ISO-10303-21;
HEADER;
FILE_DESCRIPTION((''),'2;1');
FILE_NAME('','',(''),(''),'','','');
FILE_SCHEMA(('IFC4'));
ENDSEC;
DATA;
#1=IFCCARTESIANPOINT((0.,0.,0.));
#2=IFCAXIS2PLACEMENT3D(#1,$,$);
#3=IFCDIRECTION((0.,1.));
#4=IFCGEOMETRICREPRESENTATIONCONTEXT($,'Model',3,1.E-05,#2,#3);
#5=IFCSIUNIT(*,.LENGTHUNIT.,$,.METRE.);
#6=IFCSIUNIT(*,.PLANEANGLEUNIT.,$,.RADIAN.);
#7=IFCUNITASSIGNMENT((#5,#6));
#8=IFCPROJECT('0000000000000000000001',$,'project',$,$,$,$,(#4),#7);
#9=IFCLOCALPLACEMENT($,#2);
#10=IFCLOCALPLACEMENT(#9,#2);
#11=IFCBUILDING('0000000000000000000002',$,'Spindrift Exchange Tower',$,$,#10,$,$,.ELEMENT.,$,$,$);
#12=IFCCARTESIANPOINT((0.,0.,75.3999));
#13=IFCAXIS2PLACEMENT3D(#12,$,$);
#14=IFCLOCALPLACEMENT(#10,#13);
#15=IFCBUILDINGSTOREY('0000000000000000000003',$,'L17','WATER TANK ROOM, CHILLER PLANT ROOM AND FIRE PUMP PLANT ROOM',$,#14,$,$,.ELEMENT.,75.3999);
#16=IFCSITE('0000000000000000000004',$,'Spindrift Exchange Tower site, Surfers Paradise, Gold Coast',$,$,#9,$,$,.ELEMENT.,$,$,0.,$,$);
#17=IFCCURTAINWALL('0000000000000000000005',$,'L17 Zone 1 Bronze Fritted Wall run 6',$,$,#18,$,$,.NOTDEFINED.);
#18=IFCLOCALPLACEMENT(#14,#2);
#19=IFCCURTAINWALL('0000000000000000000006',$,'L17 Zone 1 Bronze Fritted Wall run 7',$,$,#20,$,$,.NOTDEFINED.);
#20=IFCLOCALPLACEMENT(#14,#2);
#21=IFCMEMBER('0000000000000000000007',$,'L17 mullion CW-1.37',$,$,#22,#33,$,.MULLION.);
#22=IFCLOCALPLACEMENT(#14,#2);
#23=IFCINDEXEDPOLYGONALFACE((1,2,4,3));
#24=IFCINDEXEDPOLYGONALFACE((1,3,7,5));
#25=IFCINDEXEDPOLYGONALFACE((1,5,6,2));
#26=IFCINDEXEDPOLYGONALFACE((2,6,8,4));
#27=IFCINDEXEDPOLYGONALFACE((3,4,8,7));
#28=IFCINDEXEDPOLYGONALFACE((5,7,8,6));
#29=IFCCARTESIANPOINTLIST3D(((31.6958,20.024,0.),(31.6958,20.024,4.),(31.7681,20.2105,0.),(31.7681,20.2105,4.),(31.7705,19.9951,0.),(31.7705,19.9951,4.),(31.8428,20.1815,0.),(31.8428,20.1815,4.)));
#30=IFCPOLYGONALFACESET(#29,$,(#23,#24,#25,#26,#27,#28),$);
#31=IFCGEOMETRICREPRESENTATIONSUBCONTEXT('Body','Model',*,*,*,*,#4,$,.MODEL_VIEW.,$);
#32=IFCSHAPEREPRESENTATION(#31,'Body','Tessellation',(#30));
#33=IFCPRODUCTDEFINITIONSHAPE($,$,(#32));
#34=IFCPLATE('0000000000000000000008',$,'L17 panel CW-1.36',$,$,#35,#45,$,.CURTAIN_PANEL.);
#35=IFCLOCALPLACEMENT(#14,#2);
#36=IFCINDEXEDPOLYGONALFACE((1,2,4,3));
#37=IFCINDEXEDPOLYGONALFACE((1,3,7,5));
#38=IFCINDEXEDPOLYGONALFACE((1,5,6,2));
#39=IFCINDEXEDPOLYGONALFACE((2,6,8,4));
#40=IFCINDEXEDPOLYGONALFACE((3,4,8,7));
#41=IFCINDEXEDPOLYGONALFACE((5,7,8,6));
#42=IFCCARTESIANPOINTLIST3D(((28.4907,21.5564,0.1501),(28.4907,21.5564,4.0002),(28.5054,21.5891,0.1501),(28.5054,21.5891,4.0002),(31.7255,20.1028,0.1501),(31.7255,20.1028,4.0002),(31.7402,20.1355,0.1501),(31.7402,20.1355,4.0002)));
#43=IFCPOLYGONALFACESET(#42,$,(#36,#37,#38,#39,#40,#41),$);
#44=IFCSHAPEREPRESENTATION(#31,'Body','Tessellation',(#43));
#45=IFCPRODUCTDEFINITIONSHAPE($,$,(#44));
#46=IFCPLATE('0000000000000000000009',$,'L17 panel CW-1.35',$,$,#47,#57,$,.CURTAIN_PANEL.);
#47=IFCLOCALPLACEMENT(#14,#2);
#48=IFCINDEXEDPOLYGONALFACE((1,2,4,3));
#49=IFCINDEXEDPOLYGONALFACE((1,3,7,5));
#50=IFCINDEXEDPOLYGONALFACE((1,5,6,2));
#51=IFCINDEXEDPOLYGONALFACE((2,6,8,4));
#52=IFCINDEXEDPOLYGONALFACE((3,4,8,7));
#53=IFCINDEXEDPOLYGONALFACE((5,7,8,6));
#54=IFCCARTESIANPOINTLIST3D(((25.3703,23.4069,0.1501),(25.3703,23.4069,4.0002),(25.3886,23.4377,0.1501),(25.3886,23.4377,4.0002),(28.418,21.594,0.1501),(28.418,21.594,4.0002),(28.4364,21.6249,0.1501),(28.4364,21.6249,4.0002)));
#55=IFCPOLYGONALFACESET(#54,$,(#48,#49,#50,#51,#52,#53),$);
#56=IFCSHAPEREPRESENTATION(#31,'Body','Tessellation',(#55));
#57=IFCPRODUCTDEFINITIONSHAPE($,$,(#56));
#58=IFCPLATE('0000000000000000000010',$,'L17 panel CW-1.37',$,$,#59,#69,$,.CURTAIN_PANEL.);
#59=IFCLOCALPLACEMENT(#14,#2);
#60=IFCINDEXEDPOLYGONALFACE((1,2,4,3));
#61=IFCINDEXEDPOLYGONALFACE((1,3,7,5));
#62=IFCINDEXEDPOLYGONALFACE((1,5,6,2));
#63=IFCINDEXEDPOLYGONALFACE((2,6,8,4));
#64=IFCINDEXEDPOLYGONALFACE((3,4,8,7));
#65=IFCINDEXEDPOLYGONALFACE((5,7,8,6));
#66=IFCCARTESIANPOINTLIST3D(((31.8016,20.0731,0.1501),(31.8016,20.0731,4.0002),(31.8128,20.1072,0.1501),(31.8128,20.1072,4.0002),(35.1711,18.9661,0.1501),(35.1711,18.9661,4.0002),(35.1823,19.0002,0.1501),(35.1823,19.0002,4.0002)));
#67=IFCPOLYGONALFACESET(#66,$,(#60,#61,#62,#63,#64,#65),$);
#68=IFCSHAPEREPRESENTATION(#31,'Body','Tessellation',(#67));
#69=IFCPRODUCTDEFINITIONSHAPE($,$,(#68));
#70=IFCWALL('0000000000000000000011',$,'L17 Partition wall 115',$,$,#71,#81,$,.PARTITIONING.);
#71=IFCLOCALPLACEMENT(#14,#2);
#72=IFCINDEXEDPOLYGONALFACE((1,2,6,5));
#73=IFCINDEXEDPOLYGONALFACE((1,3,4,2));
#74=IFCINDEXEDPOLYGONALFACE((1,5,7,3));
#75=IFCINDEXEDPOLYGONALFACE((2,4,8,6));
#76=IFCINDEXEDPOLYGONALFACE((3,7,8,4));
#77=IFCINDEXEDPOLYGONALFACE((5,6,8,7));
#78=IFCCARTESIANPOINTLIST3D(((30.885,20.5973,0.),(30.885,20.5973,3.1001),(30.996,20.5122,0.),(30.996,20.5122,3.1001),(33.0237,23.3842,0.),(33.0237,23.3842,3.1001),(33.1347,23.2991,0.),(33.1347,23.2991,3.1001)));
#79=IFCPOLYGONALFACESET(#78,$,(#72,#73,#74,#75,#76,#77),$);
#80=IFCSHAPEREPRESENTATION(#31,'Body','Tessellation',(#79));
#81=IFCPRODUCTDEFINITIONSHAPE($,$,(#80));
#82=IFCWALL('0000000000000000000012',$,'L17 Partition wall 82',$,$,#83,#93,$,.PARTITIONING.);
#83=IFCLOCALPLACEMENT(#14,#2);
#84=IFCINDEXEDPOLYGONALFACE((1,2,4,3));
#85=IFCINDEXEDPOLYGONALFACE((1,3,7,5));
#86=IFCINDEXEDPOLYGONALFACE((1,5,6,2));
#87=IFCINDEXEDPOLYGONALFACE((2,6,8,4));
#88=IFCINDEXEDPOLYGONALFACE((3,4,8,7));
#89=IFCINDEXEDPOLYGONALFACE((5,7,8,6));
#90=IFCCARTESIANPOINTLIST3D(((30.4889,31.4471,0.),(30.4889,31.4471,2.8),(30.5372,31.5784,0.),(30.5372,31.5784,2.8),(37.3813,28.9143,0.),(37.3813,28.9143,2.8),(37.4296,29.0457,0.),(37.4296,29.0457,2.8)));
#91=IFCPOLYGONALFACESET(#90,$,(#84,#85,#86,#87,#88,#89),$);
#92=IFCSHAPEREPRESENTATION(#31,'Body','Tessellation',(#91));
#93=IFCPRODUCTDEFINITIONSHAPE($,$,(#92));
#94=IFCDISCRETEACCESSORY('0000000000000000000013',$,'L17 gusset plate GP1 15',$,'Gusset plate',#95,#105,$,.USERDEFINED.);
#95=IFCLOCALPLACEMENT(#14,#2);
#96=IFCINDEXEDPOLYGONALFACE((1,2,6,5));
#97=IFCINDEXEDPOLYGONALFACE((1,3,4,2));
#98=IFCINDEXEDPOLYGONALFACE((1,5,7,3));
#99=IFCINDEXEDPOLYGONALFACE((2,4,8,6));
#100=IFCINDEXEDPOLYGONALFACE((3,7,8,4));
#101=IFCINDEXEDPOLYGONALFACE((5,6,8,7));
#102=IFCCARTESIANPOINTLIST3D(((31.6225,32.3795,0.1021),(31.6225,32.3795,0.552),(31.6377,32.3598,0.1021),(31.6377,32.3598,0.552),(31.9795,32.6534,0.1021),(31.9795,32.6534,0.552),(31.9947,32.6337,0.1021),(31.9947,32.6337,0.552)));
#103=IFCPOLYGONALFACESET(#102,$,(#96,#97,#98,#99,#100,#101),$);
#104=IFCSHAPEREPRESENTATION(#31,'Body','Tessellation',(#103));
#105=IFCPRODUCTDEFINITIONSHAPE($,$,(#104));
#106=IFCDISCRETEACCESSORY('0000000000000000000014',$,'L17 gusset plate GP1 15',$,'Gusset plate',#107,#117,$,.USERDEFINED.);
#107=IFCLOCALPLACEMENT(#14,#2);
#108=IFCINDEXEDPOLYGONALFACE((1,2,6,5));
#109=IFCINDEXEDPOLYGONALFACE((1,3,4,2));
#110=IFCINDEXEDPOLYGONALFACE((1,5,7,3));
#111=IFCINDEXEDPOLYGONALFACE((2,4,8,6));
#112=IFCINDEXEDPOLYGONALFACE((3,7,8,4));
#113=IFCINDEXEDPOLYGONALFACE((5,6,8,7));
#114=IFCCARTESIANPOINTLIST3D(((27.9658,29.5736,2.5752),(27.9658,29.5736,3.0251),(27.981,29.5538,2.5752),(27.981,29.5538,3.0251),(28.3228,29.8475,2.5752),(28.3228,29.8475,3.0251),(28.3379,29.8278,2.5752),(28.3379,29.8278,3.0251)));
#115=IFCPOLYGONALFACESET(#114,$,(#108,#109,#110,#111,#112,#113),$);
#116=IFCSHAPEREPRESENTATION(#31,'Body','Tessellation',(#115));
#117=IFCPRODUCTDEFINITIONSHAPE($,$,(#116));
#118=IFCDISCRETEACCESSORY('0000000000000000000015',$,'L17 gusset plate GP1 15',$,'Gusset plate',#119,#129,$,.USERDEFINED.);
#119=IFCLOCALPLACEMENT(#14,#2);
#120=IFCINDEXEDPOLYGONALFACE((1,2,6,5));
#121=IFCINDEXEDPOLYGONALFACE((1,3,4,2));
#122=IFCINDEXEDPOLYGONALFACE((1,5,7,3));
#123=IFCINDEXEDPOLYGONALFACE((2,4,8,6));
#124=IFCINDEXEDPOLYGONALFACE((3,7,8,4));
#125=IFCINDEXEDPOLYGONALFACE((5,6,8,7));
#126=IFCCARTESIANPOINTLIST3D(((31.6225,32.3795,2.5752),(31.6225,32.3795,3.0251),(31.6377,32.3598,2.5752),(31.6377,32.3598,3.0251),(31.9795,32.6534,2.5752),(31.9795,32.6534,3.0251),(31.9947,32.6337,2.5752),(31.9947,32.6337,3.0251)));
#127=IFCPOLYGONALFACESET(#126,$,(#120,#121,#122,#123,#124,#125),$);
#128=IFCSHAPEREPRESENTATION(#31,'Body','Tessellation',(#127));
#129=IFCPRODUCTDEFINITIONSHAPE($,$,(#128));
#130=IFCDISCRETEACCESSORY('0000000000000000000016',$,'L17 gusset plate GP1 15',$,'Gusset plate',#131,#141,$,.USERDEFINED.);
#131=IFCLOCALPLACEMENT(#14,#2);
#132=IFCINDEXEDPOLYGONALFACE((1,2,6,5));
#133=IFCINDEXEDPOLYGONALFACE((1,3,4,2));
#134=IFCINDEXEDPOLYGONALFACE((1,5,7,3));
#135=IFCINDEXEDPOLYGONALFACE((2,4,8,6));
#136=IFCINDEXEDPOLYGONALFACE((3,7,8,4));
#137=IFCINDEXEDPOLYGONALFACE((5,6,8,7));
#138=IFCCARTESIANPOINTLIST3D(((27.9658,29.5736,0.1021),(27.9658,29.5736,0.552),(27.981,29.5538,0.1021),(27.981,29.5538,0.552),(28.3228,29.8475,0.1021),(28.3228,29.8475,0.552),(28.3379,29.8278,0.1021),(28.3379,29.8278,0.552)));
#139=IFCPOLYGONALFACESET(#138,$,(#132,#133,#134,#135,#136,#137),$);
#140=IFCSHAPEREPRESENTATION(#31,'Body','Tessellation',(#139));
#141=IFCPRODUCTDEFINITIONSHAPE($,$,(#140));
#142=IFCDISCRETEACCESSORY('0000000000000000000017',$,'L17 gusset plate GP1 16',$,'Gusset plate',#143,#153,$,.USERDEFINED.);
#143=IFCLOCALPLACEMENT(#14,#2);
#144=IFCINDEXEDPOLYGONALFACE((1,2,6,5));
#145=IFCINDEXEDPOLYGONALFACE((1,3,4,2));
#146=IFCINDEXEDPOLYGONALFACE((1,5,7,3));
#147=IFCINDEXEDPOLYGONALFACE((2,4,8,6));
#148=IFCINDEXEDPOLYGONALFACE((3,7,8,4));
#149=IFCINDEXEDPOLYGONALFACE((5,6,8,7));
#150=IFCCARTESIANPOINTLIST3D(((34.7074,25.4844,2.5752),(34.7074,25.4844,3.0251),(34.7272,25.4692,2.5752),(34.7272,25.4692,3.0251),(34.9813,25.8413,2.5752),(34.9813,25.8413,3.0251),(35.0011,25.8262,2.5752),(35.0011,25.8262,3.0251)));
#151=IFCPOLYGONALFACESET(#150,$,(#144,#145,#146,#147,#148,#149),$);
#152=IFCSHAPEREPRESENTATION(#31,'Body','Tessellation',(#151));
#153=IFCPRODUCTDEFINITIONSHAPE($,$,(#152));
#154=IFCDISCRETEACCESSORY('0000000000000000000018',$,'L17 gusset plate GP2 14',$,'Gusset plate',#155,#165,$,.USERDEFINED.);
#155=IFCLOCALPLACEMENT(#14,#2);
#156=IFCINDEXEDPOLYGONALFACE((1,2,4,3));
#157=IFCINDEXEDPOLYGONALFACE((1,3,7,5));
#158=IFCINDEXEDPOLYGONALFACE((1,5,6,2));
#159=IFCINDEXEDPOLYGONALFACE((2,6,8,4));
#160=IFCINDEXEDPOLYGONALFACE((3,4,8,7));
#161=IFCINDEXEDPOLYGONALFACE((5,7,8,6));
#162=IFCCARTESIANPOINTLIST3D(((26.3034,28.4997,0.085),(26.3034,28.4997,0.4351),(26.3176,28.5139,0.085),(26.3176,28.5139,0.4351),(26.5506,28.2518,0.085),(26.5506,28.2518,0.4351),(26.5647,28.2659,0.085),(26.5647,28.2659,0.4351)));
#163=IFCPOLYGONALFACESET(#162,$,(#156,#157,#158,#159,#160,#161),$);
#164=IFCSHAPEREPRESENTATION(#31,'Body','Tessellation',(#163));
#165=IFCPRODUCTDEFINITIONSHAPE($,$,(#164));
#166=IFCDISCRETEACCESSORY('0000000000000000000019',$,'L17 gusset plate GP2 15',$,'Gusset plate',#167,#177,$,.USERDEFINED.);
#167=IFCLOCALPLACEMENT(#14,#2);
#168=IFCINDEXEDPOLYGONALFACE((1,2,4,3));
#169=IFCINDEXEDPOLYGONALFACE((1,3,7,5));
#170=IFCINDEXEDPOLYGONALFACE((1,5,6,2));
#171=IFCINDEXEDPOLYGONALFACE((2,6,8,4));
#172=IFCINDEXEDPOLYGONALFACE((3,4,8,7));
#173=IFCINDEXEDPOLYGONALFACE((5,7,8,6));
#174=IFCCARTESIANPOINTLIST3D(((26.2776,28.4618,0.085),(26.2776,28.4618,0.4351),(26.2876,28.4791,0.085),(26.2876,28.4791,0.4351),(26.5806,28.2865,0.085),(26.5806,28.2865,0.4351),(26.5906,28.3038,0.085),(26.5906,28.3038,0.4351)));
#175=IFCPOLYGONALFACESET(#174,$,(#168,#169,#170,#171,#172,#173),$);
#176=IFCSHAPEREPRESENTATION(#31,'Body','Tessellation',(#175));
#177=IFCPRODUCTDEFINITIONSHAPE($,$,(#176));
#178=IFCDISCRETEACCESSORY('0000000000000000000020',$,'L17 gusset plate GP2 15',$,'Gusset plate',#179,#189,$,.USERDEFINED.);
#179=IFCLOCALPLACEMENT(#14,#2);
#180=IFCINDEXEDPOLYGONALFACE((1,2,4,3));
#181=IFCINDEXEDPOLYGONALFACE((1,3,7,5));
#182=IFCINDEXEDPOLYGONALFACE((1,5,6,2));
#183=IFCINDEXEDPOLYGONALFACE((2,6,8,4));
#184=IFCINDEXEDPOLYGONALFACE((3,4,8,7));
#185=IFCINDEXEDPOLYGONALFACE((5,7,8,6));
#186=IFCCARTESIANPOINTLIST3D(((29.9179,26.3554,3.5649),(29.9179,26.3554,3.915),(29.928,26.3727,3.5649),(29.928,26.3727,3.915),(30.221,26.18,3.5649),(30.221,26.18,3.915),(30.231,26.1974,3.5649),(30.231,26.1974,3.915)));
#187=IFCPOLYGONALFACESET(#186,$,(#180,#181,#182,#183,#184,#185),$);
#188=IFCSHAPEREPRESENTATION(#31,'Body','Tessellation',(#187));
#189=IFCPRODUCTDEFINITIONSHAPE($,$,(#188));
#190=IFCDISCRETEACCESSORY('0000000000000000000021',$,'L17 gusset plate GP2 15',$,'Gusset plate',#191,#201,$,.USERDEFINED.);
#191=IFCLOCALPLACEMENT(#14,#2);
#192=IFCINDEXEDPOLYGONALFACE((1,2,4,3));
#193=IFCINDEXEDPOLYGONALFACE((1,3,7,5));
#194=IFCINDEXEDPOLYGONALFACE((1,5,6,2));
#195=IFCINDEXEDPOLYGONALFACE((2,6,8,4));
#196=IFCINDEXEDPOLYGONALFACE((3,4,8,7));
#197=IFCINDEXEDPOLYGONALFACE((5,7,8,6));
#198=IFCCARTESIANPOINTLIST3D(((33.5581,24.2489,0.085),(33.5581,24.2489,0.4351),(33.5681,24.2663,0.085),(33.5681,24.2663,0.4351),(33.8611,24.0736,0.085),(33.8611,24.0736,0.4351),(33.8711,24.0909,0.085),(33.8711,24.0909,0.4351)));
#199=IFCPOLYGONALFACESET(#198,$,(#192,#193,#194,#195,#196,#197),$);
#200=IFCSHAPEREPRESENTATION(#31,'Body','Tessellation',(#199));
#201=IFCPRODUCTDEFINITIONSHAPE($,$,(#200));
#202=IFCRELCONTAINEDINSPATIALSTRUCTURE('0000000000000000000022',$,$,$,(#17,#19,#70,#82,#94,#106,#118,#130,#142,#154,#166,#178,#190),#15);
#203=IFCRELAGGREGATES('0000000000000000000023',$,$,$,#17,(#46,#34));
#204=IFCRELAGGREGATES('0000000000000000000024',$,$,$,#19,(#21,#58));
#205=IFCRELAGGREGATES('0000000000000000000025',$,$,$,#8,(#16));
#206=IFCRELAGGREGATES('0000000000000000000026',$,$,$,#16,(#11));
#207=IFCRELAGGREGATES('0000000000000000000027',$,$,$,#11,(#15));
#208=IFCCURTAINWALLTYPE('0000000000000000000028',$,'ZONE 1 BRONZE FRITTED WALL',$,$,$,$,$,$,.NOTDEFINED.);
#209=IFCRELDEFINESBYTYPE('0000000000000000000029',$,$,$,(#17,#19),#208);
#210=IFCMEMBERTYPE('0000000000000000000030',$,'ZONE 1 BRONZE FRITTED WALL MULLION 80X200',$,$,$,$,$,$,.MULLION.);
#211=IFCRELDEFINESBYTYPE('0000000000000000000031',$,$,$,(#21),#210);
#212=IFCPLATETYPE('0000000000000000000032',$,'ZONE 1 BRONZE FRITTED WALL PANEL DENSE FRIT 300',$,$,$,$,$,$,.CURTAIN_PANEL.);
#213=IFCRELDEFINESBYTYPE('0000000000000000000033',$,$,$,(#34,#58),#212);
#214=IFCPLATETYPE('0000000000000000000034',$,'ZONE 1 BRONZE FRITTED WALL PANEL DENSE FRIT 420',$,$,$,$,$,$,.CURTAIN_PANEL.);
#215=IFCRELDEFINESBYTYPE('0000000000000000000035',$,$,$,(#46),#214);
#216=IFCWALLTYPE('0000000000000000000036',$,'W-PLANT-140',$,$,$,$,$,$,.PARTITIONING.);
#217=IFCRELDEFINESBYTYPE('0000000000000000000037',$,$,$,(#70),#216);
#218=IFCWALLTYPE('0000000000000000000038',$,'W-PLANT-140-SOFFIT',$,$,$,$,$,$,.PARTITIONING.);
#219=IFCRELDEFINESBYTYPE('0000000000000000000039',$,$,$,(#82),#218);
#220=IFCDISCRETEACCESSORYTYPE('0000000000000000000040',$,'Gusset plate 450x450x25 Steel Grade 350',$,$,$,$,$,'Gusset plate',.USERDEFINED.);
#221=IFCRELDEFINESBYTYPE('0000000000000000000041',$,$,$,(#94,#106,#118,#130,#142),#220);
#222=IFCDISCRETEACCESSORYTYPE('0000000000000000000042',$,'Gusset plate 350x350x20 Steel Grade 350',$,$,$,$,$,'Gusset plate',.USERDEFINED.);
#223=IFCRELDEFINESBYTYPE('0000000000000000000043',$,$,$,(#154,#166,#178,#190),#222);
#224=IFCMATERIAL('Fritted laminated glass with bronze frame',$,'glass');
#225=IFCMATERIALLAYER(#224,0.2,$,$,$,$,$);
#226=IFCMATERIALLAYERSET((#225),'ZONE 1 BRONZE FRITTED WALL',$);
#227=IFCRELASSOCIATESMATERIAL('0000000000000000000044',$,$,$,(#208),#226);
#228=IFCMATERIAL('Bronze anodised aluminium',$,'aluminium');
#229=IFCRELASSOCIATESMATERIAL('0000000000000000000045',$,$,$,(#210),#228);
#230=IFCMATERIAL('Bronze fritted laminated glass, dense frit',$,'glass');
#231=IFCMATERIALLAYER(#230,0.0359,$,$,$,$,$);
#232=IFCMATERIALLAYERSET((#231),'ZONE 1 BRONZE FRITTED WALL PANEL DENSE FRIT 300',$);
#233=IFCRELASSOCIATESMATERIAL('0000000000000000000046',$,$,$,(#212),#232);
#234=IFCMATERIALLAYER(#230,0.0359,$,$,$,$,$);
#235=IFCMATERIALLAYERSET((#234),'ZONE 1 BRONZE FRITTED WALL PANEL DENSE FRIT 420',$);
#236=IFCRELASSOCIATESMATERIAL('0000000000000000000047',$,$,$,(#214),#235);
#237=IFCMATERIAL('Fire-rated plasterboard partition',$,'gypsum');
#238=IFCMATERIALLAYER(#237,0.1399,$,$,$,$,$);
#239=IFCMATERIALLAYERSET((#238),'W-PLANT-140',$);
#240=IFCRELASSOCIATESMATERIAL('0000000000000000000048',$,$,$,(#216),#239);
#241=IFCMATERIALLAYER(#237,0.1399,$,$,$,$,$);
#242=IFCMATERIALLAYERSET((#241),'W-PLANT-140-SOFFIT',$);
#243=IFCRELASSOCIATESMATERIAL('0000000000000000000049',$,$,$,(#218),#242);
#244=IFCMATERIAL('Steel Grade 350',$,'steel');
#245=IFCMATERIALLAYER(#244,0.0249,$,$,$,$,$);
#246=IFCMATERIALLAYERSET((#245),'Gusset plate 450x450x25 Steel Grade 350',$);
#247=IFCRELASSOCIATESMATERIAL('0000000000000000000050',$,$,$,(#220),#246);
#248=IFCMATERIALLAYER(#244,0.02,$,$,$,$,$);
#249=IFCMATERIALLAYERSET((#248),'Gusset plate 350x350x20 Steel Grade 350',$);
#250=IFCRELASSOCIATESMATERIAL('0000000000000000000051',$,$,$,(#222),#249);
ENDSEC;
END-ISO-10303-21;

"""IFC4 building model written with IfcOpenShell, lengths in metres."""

from ifc_helpers import new_model, si_unit, direction, frame, frame_2d, origin, origin_2d, place, context, subcontext, project, spatial, rectangle, extrude, source, transform, mapped, material, layer, layer_set, material_profile, profile_set, type_object, element, aggregate, save


model = new_model("IFC4")

# Units and contexts
model_context = context("Model", 3, precision=1e-05, world=origin(), true_north=direction((0.0, 1.0)))
body_context = subcontext(model_context, "Body", "Model", "MODEL_VIEW")
ifc_project = project(units=[si_unit("LENGTHUNIT", "METRE"), si_unit("PLANEANGLEUNIT", "RADIAN")], contexts=[model_context])

# Site, building, storey
site_placement = place(None, origin())
site = spatial("IfcSite", under=ifc_project, at=site_placement, Name="Spindrift Exchange Tower site, Surfers Paradise, Gold Coast", CompositionType="ELEMENT", RefElevation=0.0)
building_placement = place(site_placement, origin())
building = spatial("IfcBuilding", under=site, at=building_placement, Name="Spindrift Exchange Tower", CompositionType="ELEMENT")
storey_placement = place(building_placement, frame((0.0, 0.0, 75.3999)))
storey = spatial("IfcBuildingStorey", under=building, at=storey_placement, Name="L17", Description="WATER TANK ROOM, CHILLER PLANT ROOM AND FIRE PUMP PLANT ROOM", CompositionType="ELEMENT", Elevation=75.3999)

# Shared definitions
ifc_material_1 = material(Name="Steel Grade 350", Category="steel")

# Curtain walls
ifc_material_2 = material(Name="Fritted laminated glass with bronze frame", Category="glass")
ifc_layer_1 = layer(ifc_material_2, 0.2)
ifc_layer_set_1 = layer_set([ifc_layer_1], Name="ZONE 1 BRONZE FRITTED WALL")
curtain_wall_type = type_object("IfcCurtainWallType", Name="ZONE 1 BRONZE FRITTED WALL", PredefinedType="NOTDEFINED", material=ifc_layer_set_1)
curtain_wall_1_placement = place(storey_placement, origin())
curtain_wall_1 = element("IfcCurtainWall", 1, at=curtain_wall_1_placement, inside=storey, type_object=curtain_wall_type, Name="L17 Zone 1 Bronze Fritted Wall run 6", PredefinedType="NOTDEFINED")
ifc_material_3 = material(Name="Bronze anodised aluminium", Category="aluminium")
curtain_wall_2_placement = place(storey_placement, origin())
curtain_wall_2 = element("IfcCurtainWall", 2, at=curtain_wall_2_placement, inside=storey, type_object=curtain_wall_type, Name="L17 Zone 1 Bronze Fritted Wall run 7", PredefinedType="NOTDEFINED")

# Member
ifc_material_profile_1 = material_profile(ifc_material_3, rectangle(XDim=0.0801, YDim=0.2, at=origin_2d()), Name="ZONE 1 BRONZE FRITTED WALL MULLION 80X200")
ifc_profile_set_1 = profile_set([ifc_material_profile_1], Name="Bronze anodised aluminium")
member_type_1 = type_object("IfcMemberType", Name="ZONE 1 BRONZE FRITTED WALL MULLION 80X200", PredefinedType="MULLION", material=ifc_profile_set_1)
shared_shape_1 = source(origin(), body_context, "Body", "SweptSolid", [
    extrude(rectangle(XDim=0.0801, YDim=0.2, at=origin_2d()), origin(), (0.0, 0.0, 1.0), 4.0),
])
member_1_placement = place(storey_placement, frame((31.7693, 20.1028, 0.0), z_axis=(0.0, 0.0, 1.0), x_axis=(0.932369, -0.361508, 0.0)))
member_1 = element("IfcMember", 3, at=member_1_placement, type_object=member_type_1, Name="L17 mullion CW-1.37", PredefinedType="MULLION", context=body_context, shape_type="MappedRepresentation", body=[
    mapped(shared_shape_1, transform((0.0, 0.0, 0.0), scale=1.0)),
])

# Plates
ifc_material_4 = material(Name="Bronze fritted laminated glass, dense frit", Category="glass")
ifc_layer_2 = layer(ifc_material_4, 0.0359)
ifc_layer_set_2 = layer_set([ifc_layer_2], Name="ZONE 1 BRONZE FRITTED WALL PANEL DENSE FRIT 300")
plate_type_1 = type_object("IfcPlateType", Name="ZONE 1 BRONZE FRITTED WALL PANEL DENSE FRIT 300", PredefinedType="CURTAIN_PANEL", material=ifc_layer_set_2)
shared_shape_2 = source(origin(), body_context, "Body", "SweptSolid", [
    extrude(rectangle(XDim=3.5464, YDim=0.0359, at=origin_2d()), origin(), (0.0, 0.0, 1.0), 3.8501),
])
plate_1_placement = place(storey_placement, frame((30.1155, 20.8459, 0.1501), z_axis=(0.0, 0.0, 1.0), x_axis=(0.912134, -0.409891, 0.0)))
plate_1 = element("IfcPlate", 4, at=plate_1_placement, type_object=plate_type_1, Name="L17 panel CW-1.36", PredefinedType="CURTAIN_PANEL", context=body_context, shape_type="MappedRepresentation", body=[
    mapped(shared_shape_2, transform((0.0, 0.0, 0.0), scale=1.0)),
])
ifc_layer_3 = layer(ifc_material_4, 0.0359)
ifc_layer_set_3 = layer_set([ifc_layer_3], Name="ZONE 1 BRONZE FRITTED WALL PANEL DENSE FRIT 420")
plate_type_2 = type_object("IfcPlateType", Name="ZONE 1 BRONZE FRITTED WALL PANEL DENSE FRIT 420", PredefinedType="CURTAIN_PANEL", material=ifc_layer_set_3)
shared_shape_3 = source(origin(), body_context, "Body", "SweptSolid", [
    extrude(rectangle(XDim=3.5461, YDim=0.0359, at=origin_2d()), origin(), (0.0, 0.0, 1.0), 3.8501),
])
plate_2_placement = place(storey_placement, frame((26.9033, 22.5159, 0.1501), z_axis=(0.0, 0.0, 1.0), x_axis=(0.859457, -0.511208, 0.0)))
plate_2 = element("IfcPlate", 5, at=plate_2_placement, type_object=plate_type_2, Name="L17 panel CW-1.35", PredefinedType="CURTAIN_PANEL", context=body_context, shape_type="MappedRepresentation", body=[
    mapped(shared_shape_3, transform((0.0, 0.0, 0.0), scale=1.0)),
])
aggregate(curtain_wall_1, [plate_2, plate_1])
shared_shape_4 = source(origin(), body_context, "Body", "SweptSolid", [
    extrude(rectangle(XDim=3.5466, YDim=0.0359, at=origin_2d()), origin(), (0.0, 0.0, 1.0), 3.8501),
])
plate_3_placement = place(storey_placement, frame((33.4919, 19.5366, 0.1501), z_axis=(0.0, 0.0, 1.0), x_axis=(0.950039, -0.312131, 0.0)))
plate_3 = element("IfcPlate", 6, at=plate_3_placement, type_object=plate_type_1, Name="L17 panel CW-1.37", PredefinedType="CURTAIN_PANEL", context=body_context, shape_type="MappedRepresentation", body=[
    mapped(shared_shape_4, transform((0.0, 0.0, 0.0), scale=1.0)),
])
aggregate(curtain_wall_2, [member_1, plate_3])

# Walls
ifc_material_5 = material(Name="Fire-rated plasterboard partition", Category="gypsum")
ifc_layer_4 = layer(ifc_material_5, 0.1399)
ifc_layer_set_4 = layer_set([ifc_layer_4], Name="W-PLANT-140")
wall_type_1 = type_object("IfcWallType", Name="W-PLANT-140", PredefinedType="PARTITIONING", material=ifc_layer_set_4)
wall_1_placement = place(storey_placement, frame((33.0791, 23.3416, 0.0), z_axis=(0.0, 0.0, 1.0), x_axis=(-0.608804, -0.793321, 0.0)))
element("IfcWall", 7, at=wall_1_placement, inside=storey, type_object=wall_type_1, Name="L17 Partition wall 115", PredefinedType="PARTITIONING", context=body_context, shape_type="SweptSolid", body=[
    extrude(rectangle(XDim=3.5129, YDim=0.1399, at=frame_2d((1.7563, 0.0))), origin(), (0.0, 0.0, 1.0), 3.1001),
])
ifc_layer_5 = layer(ifc_material_5, 0.1399)
ifc_layer_set_5 = layer_set([ifc_layer_5], Name="W-PLANT-140-SOFFIT")
wall_type_2 = type_object("IfcWallType", Name="W-PLANT-140-SOFFIT", PredefinedType="PARTITIONING", material=ifc_layer_set_5)
wall_2_placement = place(storey_placement, frame((30.5132, 31.5127, 0.0), z_axis=(0.0, 0.0, 1.0), x_axis=(0.938633, -0.344918, 0.0)))
element("IfcWall", 8, at=wall_2_placement, inside=storey, type_object=wall_type_2, Name="L17 Partition wall 82", PredefinedType="PARTITIONING", context=body_context, shape_type="SweptSolid", body=[
    extrude(rectangle(XDim=7.343, YDim=0.1399, at=frame_2d((3.6714, 0.0))), origin(), (0.0, 0.0, 1.0), 2.8),
])

# Discrete accessories
ifc_layer_6 = layer(ifc_material_1, 0.0249)
ifc_layer_set_6 = layer_set([ifc_layer_6], Name="Gusset plate 450x450x25 Steel Grade 350")
discrete_accessory_type_1 = type_object("IfcDiscreteAccessoryType", Name="Gusset plate 450x450x25 Steel Grade 350", ElementType="Gusset plate", PredefinedType="USERDEFINED", material=ifc_layer_set_6)
shared_shape_5 = source(origin(), body_context, "Body", "SweptSolid", [
    extrude(rectangle(XDim=0.45, YDim=0.0249, at=origin_2d()), origin(), (0.0, 0.0, 1.0), 0.45),
])
for number, where, z_axis, x_axis, name in (
    (9, (31.8086, 32.5066, 0.1021), (0.0, 0.0, 1.0), (-0.793351, -0.608764, 0.0), "L17 gusset plate GP1 15"),
    (10, (28.1519, 29.7007, 2.5752), (0.0, 0.0, 1.0), (-0.793351, -0.608764, 0.0), "L17 gusset plate GP1 15"),
    (11, (31.8086, 32.5066, 2.5752), (0.0, 0.0, 1.0), (-0.793353, -0.608761, 0.0), "L17 gusset plate GP1 15"),
    (12, (28.1519, 29.7007, 0.1021), (0.0, 0.0, 1.0), (-0.793353, -0.608761, 0.0), "L17 gusset plate GP1 15"),
    (13, (34.8542, 25.6553, 2.5752), (0.0, 0.0, 1.0), (-0.608771, -0.793346, 0.0), "L17 gusset plate GP1 16"),
):
    element("IfcDiscreteAccessory", number, at=place(storey_placement, frame(where, z_axis=z_axis, x_axis=x_axis)), inside=storey, type_object=discrete_accessory_type_1, Name=name, ObjectType="Gusset plate", PredefinedType="USERDEFINED", context=body_context, shape_type="MappedRepresentation", body=[
        mapped(shared_shape_5, transform((0.0, 0.0, 0.0), scale=1.0)),
    ])
ifc_layer_7 = layer(ifc_material_1, 0.02)
ifc_layer_set_7 = layer_set([ifc_layer_7], Name="Gusset plate 350x350x20 Steel Grade 350")
discrete_accessory_type_2 = type_object("IfcDiscreteAccessoryType", Name="Gusset plate 350x350x20 Steel Grade 350", ElementType="Gusset plate", PredefinedType="USERDEFINED", material=ifc_layer_set_7)
shared_shape_6 = source(origin(), body_context, "Body", "SweptSolid", [
    extrude(rectangle(XDim=0.3501, YDim=0.02, at=origin_2d()), origin(), (0.0, 0.0, 1.0), 0.3501),
])
for number, where, z_axis, x_axis, name in (
    (14, (26.4341, 28.3828, 0.085), (0.0, 0.0, 1.0), (0.705964, -0.708247, 0.0), "L17 gusset plate GP2 14"),
    (15, (26.4341, 28.3828, 0.085), (0.0, 0.0, 1.0), (0.865555, -0.500814, 0.0), "L17 gusset plate GP2 15"),
    (16, (30.0745, 26.2764, 3.5649), (0.0, 0.0, 1.0), (0.865555, -0.500814, 0.0), "L17 gusset plate GP2 15"),
    (17, (33.7146, 24.1699, 0.085), (0.0, 0.0, 1.0), (0.865544, -0.500833, 0.0), "L17 gusset plate GP2 15"),
):
    element("IfcDiscreteAccessory", number, at=place(storey_placement, frame(where, z_axis=z_axis, x_axis=x_axis)), inside=storey, type_object=discrete_accessory_type_2, Name=name, ObjectType="Gusset plate", PredefinedType="USERDEFINED", context=body_context, shape_type="MappedRepresentation", body=[
        mapped(shared_shape_6, transform((0.0, 0.0, 0.0), scale=1.0)),
    ])

save(model, "model.ifc")
